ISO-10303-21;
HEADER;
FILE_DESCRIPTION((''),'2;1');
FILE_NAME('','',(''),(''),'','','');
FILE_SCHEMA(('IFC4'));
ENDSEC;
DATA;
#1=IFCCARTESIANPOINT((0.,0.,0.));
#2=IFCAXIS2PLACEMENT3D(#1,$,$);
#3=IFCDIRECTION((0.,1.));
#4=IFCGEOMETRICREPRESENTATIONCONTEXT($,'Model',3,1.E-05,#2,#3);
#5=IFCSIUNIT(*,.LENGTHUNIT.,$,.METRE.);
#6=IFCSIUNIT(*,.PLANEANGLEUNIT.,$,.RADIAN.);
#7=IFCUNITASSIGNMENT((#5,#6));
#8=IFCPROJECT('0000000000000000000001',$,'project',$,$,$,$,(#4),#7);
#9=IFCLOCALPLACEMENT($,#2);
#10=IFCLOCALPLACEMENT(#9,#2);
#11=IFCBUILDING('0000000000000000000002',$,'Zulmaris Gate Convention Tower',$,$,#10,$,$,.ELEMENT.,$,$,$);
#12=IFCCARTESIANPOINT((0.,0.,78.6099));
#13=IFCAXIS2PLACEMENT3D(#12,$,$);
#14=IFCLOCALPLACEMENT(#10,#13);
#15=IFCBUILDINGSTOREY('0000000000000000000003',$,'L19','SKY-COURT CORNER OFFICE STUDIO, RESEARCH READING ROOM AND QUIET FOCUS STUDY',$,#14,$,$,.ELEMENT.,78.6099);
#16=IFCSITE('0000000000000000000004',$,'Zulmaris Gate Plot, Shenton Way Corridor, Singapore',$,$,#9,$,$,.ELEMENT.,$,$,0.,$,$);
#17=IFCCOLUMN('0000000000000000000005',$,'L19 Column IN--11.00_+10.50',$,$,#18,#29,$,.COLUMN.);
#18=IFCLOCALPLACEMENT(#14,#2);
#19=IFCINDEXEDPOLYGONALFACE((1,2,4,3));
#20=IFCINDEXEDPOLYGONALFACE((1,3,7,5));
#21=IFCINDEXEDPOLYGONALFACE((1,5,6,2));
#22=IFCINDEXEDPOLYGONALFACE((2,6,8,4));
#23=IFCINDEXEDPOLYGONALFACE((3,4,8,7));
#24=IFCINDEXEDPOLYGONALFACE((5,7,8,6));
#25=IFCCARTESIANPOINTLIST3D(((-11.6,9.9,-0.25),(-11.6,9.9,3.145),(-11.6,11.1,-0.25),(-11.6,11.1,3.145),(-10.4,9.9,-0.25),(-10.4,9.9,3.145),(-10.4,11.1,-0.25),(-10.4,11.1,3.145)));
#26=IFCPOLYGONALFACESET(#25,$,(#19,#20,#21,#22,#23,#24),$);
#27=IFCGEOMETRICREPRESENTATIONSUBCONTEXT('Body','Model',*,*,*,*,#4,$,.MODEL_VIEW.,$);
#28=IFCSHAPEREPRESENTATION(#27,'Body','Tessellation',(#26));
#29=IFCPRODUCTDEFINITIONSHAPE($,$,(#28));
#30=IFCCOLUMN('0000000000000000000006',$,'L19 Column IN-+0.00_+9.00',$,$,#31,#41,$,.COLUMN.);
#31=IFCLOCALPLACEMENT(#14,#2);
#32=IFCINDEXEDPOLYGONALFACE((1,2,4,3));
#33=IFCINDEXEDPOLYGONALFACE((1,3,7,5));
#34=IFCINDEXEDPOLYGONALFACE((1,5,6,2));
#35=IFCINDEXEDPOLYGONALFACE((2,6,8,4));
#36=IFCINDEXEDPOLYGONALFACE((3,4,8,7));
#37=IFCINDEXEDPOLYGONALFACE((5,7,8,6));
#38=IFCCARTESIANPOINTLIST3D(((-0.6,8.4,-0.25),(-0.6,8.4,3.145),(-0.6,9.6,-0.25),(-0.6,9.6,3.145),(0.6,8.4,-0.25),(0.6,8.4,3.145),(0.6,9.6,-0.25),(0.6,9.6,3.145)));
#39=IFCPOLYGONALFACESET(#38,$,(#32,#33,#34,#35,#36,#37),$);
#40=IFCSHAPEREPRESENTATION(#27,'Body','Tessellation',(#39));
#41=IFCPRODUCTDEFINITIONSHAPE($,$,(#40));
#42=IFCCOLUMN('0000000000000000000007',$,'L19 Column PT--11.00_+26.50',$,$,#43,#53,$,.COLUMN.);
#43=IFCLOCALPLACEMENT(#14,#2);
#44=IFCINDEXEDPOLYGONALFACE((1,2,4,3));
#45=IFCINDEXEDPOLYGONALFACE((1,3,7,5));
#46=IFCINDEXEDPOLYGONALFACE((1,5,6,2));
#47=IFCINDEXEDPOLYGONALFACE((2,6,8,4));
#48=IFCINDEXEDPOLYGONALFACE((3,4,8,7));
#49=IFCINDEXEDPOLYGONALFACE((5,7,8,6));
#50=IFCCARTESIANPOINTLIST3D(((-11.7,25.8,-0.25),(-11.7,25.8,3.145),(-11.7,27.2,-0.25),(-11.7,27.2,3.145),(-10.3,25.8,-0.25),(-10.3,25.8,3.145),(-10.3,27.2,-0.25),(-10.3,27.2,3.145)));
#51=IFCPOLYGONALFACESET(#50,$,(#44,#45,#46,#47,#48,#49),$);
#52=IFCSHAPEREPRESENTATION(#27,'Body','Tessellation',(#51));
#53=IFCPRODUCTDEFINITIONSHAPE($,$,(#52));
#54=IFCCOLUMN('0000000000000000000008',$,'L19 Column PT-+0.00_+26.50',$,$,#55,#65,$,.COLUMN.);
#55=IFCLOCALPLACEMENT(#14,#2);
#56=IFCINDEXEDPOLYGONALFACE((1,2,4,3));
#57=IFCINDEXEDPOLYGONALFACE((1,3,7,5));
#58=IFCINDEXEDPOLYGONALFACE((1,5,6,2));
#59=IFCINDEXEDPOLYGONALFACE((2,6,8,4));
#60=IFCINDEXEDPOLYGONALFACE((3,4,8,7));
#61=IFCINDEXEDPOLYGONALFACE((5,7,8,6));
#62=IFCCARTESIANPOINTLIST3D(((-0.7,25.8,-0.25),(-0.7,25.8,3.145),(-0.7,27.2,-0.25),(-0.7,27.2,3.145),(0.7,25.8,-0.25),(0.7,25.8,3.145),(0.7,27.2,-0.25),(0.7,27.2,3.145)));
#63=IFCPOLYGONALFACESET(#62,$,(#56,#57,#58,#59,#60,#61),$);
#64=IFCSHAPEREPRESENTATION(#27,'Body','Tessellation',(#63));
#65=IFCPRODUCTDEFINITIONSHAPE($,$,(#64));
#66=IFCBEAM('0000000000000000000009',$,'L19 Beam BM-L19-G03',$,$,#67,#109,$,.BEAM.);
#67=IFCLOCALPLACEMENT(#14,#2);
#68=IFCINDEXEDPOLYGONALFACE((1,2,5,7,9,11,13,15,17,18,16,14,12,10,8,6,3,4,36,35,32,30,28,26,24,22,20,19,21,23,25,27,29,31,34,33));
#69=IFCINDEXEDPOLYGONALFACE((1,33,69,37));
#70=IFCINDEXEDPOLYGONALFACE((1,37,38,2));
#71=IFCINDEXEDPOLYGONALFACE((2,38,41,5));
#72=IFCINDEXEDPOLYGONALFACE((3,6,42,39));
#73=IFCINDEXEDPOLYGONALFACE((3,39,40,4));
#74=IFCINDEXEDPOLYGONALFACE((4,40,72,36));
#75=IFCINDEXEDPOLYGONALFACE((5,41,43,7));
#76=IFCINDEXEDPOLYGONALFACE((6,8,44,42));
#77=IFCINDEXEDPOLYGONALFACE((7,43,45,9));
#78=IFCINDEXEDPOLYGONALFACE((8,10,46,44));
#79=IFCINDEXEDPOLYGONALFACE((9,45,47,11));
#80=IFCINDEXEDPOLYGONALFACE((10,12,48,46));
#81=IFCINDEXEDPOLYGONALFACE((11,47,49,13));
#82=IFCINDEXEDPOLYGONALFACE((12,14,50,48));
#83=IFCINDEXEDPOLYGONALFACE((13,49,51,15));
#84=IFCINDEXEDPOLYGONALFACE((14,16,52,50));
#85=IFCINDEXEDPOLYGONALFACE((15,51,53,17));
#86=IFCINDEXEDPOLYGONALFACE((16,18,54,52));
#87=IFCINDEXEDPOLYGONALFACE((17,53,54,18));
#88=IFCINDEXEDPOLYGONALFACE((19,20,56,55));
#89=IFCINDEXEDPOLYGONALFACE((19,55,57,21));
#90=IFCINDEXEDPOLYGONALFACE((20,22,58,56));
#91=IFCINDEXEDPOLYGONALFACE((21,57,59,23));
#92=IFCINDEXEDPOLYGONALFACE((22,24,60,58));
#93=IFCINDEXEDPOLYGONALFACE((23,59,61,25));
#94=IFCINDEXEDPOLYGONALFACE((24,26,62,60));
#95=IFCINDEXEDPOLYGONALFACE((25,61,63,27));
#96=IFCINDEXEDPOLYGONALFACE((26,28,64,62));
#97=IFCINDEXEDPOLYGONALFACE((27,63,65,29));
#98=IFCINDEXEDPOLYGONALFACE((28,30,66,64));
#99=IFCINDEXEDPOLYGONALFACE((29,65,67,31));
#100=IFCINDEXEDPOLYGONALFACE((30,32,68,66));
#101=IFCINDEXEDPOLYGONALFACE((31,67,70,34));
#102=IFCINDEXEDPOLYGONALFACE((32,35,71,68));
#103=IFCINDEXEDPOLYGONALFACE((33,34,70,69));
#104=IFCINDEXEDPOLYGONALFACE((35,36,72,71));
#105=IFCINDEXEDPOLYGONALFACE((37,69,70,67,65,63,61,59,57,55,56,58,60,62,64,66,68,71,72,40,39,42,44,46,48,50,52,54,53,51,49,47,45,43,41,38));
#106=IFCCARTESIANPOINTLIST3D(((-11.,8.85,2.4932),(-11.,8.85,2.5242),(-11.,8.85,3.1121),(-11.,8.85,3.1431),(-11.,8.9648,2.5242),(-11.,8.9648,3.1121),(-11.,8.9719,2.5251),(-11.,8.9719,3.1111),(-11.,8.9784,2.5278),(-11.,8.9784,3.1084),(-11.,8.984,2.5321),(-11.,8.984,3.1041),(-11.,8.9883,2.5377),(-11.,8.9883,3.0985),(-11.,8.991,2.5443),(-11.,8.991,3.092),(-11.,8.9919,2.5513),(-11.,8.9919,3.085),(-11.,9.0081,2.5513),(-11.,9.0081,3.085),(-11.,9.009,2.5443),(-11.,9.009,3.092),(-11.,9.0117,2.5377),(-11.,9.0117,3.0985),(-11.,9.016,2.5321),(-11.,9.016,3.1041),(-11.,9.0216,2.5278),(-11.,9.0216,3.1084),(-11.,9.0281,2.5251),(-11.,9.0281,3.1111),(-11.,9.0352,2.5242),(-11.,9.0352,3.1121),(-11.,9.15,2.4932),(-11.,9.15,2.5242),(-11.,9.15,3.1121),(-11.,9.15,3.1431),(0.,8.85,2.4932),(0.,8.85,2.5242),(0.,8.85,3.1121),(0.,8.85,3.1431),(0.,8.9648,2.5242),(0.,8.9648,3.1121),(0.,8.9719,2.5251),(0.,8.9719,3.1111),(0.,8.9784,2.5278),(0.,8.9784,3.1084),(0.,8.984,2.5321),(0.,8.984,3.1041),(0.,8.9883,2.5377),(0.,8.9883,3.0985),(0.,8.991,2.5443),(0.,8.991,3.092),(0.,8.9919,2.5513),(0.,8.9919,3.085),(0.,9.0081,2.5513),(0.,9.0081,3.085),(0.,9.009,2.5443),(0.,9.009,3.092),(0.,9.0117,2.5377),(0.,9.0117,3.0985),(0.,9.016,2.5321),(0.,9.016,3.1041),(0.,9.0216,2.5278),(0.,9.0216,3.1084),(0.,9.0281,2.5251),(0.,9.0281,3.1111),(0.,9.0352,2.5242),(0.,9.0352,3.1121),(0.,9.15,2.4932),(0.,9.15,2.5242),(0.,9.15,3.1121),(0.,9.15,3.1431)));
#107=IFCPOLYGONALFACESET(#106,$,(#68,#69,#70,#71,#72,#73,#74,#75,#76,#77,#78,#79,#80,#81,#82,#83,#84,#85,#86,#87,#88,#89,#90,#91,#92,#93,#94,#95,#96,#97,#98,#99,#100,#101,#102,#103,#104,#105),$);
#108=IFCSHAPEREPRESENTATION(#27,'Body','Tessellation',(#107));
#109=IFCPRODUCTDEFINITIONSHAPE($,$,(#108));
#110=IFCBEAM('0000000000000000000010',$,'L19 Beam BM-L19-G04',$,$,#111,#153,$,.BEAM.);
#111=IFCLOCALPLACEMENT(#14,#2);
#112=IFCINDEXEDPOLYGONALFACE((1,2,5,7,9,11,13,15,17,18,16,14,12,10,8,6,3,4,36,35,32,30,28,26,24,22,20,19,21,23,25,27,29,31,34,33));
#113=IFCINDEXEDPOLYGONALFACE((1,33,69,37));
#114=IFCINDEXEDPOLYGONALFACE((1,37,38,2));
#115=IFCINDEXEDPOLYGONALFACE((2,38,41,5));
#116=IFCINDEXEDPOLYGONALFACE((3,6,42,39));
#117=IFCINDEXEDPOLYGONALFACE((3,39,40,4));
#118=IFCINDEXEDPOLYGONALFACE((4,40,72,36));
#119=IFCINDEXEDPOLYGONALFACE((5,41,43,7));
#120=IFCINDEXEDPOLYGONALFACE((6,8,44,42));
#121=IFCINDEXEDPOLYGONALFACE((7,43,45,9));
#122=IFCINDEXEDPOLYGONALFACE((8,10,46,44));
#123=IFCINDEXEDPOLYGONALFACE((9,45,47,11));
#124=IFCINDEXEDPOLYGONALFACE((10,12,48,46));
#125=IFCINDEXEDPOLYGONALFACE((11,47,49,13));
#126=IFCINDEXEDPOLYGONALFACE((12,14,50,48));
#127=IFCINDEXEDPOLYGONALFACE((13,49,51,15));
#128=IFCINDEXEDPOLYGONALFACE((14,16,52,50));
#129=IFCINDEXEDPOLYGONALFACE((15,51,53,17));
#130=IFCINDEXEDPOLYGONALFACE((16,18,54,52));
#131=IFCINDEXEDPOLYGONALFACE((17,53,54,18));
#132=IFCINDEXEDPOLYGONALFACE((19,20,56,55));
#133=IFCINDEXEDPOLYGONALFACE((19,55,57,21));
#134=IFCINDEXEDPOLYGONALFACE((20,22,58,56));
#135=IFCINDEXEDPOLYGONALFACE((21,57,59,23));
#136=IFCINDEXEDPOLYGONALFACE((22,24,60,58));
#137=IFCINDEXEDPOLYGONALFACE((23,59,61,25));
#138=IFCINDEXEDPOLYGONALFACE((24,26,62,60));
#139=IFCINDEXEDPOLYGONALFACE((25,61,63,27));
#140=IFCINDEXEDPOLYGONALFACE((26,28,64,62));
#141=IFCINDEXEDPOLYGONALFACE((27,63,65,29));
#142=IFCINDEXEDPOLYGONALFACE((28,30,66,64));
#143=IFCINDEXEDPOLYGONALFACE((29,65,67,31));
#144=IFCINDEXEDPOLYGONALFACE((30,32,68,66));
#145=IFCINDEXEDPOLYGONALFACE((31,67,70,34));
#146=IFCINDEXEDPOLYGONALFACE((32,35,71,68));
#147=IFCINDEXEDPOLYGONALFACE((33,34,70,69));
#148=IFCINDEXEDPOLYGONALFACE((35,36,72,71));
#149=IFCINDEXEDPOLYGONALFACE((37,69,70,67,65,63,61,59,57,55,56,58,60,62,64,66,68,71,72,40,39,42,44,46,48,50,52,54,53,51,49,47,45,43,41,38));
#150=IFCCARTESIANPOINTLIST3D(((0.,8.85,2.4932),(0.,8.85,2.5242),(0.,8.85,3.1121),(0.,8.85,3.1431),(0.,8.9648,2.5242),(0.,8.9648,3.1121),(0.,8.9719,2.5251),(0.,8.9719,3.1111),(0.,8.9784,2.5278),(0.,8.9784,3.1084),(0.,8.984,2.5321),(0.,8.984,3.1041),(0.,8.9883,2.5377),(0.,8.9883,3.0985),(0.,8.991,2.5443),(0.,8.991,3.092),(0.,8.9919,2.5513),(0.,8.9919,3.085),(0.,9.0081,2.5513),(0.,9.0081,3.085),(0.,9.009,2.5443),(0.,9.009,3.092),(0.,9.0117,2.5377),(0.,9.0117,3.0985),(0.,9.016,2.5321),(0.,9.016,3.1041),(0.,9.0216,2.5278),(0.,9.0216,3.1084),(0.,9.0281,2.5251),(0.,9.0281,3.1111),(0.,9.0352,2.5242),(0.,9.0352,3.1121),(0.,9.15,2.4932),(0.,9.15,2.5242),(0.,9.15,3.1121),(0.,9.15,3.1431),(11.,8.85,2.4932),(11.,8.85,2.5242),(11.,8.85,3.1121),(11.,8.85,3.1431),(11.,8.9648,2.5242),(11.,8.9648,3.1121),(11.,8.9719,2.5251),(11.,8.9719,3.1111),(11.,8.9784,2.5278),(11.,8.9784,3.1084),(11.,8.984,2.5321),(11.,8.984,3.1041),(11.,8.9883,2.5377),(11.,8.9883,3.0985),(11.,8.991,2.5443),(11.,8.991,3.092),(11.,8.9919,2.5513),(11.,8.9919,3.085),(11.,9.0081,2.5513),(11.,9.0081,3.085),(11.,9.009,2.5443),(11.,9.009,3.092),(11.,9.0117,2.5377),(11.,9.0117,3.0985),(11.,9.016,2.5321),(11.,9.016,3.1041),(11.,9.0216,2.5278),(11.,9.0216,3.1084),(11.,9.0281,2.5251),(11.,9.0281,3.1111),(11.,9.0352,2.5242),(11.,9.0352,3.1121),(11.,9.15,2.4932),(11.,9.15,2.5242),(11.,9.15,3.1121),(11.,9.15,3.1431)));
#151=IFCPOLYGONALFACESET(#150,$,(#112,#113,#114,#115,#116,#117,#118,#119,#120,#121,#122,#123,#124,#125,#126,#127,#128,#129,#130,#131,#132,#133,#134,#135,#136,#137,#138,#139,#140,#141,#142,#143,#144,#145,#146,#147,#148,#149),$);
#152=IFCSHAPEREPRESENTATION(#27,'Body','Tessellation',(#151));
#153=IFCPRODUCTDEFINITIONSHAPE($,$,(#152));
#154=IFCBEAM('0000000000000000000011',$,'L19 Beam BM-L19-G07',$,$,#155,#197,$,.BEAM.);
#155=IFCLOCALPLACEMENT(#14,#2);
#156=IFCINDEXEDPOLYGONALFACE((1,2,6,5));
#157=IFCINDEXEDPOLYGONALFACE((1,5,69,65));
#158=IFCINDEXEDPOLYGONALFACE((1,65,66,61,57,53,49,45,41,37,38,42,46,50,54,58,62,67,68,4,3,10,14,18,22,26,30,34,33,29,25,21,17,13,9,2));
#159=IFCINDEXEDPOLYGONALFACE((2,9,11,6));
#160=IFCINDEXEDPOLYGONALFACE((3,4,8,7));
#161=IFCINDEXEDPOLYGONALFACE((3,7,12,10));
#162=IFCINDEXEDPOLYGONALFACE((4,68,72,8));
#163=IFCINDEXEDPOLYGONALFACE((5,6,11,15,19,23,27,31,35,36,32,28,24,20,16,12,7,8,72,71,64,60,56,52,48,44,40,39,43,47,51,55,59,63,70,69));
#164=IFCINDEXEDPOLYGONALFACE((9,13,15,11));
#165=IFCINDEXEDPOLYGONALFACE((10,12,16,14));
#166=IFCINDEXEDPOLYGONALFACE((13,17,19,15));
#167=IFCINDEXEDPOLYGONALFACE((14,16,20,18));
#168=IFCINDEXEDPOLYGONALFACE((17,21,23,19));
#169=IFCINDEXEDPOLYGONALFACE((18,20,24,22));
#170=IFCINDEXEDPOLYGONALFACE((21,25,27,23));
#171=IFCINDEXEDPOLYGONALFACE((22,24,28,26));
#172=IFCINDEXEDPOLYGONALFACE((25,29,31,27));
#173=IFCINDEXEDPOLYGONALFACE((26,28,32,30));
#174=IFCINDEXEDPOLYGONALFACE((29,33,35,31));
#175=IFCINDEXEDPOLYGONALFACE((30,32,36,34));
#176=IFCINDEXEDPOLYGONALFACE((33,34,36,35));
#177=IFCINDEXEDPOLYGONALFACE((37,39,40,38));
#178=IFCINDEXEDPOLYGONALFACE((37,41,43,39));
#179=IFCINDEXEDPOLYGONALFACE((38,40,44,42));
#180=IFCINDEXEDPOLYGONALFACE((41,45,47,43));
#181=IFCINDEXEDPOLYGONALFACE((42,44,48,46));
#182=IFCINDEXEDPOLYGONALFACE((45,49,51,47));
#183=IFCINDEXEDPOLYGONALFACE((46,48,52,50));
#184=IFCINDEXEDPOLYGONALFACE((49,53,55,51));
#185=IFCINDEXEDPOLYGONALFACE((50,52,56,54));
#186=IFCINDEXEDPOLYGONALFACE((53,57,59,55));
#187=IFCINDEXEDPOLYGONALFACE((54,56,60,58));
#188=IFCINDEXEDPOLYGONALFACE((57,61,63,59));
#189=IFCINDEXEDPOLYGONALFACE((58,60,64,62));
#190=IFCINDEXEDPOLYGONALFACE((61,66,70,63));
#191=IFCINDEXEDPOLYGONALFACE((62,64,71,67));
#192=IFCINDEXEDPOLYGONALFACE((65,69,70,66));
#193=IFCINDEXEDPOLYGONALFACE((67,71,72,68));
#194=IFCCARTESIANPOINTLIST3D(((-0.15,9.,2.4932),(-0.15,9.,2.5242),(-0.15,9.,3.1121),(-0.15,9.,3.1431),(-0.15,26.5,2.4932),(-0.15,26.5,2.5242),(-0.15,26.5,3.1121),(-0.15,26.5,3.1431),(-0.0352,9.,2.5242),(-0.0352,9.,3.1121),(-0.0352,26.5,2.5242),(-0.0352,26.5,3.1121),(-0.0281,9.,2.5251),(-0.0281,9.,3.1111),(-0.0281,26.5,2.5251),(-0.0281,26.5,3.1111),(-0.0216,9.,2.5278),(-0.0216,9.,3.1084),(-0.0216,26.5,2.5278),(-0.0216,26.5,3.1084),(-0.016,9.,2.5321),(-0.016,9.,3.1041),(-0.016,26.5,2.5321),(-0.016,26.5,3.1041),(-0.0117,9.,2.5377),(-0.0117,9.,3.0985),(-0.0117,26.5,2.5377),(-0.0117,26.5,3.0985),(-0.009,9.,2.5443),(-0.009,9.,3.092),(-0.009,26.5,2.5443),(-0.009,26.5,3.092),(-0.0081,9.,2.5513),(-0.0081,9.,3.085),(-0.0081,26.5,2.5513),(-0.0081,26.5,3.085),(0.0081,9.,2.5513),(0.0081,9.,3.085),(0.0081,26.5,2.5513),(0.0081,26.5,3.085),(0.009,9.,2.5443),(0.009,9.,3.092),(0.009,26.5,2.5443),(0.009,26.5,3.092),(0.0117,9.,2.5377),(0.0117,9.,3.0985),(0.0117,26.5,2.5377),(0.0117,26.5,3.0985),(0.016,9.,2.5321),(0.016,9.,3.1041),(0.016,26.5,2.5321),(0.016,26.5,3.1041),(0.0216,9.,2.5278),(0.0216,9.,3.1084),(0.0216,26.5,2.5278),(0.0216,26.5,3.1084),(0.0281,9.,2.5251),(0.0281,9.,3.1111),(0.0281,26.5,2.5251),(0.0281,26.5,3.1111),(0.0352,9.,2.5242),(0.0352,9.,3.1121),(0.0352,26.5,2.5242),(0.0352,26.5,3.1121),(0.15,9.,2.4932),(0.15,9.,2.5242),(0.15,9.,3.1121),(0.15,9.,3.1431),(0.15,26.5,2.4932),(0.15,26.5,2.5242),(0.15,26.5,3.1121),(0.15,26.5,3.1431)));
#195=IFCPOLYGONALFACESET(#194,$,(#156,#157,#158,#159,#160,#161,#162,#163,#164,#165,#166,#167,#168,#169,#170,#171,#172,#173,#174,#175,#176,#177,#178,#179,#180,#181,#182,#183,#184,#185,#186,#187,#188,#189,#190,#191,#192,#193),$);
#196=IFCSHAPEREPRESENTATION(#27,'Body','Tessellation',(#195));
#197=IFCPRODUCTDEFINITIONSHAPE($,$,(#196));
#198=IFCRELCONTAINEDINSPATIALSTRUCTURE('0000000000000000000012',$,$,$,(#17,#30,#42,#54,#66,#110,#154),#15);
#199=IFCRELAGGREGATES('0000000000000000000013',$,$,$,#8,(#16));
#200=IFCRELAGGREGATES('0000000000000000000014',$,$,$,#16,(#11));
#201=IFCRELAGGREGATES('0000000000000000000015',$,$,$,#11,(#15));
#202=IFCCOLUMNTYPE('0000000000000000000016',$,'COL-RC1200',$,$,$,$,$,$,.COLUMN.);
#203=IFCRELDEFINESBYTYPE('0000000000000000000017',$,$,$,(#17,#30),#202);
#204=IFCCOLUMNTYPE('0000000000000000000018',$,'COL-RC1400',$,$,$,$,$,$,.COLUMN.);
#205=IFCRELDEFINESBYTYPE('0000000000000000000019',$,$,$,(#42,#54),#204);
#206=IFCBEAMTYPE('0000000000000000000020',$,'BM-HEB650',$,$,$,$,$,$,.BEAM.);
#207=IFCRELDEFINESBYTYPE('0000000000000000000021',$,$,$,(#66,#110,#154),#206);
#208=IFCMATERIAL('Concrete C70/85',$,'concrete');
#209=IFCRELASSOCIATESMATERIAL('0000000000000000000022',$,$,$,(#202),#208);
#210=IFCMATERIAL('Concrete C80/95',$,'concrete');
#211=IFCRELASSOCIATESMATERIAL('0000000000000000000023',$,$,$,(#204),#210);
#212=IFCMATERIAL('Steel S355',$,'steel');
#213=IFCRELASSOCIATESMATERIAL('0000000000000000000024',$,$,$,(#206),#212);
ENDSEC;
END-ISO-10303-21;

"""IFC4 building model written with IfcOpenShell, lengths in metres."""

from ifc_helpers import new_model, si_unit, direction, frame, origin, origin_2d, place, context, subcontext, project, spatial, rectangle, i_section, extrude, material, material_profile, profile_set, type_object, element, save


model = new_model("IFC4")

# Units and contexts
model_context = context("Model", 3, precision=1e-05, world=origin(), true_north=direction((0.0, 1.0)))
body_context = subcontext(model_context, "Body", "Model", "MODEL_VIEW")
ifc_project = project(units=[si_unit("LENGTHUNIT", "METRE"), si_unit("PLANEANGLEUNIT", "RADIAN")], contexts=[model_context])

# Site, building, storey
site_placement = place(None, origin())
site = spatial("IfcSite", under=ifc_project, at=site_placement, Name="Zulmaris Gate Plot, Shenton Way Corridor, Singapore", CompositionType="ELEMENT", RefElevation=0.0)
building_placement = place(site_placement, origin())
building = spatial("IfcBuilding", under=site, at=building_placement, Name="Zulmaris Gate Convention Tower", CompositionType="ELEMENT")
storey_placement = place(building_placement, frame((0.0, 0.0, 78.6099)))
storey = spatial("IfcBuildingStorey", under=building, at=storey_placement, Name="L19", Description="SKY-COURT CORNER OFFICE STUDIO, RESEARCH READING ROOM AND QUIET FOCUS STUDY", CompositionType="ELEMENT", Elevation=78.6099)

# Columns
ifc_material_1 = material(Name="Concrete C70/85", Category="concrete")
ifc_material_profile_1 = material_profile(ifc_material_1, rectangle(XDim=1.2, YDim=1.2, at=origin_2d()), Name="RC COL 1200x1200")
ifc_profile_set_1 = profile_set([ifc_material_profile_1], Name="Concrete C70/85")
column_type_1 = type_object("IfcColumnType", Name="COL-RC1200", PredefinedType="COLUMN", material=ifc_profile_set_1)
for number, where, z_axis, x_axis, name in (
    (1, (-11.0, 10.5, -0.25), (0.0, 0.0, 1.0), (1.0, 0.0, 0.0), "L19 Column IN--11.00_+10.50"),
    (2, (0.0, 9.0, -0.25), (0.0, 0.0, 1.0), (1.0, 0.0, 0.0), "L19 Column IN-+0.00_+9.00"),
):
    element("IfcColumn", number, at=place(storey_placement, frame(where, z_axis=z_axis, x_axis=x_axis)), inside=storey, type_object=column_type_1, Name=name, PredefinedType="COLUMN", context=body_context, shape_type="SweptSolid", body=[
        extrude(rectangle(XDim=1.2, YDim=1.2, at=origin_2d()), origin(), (0.0, 0.0, 1.0), 3.395),
    ])
ifc_material_2 = material(Name="Concrete C80/95", Category="concrete")
ifc_material_profile_2 = material_profile(ifc_material_2, rectangle(XDim=1.3999, YDim=1.3999, at=origin_2d()), Name="RC COL 1400x1400")
ifc_profile_set_2 = profile_set([ifc_material_profile_2], Name="Concrete C80/95")
column_type_2 = type_object("IfcColumnType", Name="COL-RC1400", PredefinedType="COLUMN", material=ifc_profile_set_2)
for number, where, z_axis, x_axis, name in (
    (3, (-11.0, 26.5, -0.25), (0.0, 0.0, 1.0), (1.0, 0.0, 0.0), "L19 Column PT--11.00_+26.50"),
    (4, (0.0, 26.5, -0.25), (0.0, 0.0, 1.0), (1.0, 0.0, 0.0), "L19 Column PT-+0.00_+26.50"),
):
    element("IfcColumn", number, at=place(storey_placement, frame(where, z_axis=z_axis, x_axis=x_axis)), inside=storey, type_object=column_type_2, Name=name, PredefinedType="COLUMN", context=body_context, shape_type="SweptSolid", body=[
        extrude(rectangle(XDim=1.3999, YDim=1.3999, at=origin_2d()), origin(), (0.0, 0.0, 1.0), 3.395),
    ])

# Beams
ifc_material_3 = material(Name="Steel S355", Category="steel")
ifc_material_profile_3 = material_profile(ifc_material_3, i_section(OverallWidth=0.3, OverallDepth=0.6499, WebThickness=0.0161, FlangeThickness=0.031, FilletRadius=0.0271, at=origin_2d()), Name="HEB 650")
ifc_profile_set_3 = profile_set([ifc_material_profile_3], Name="Steel S355")
beam_type_1 = type_object("IfcBeamType", Name="BM-HEB650", PredefinedType="BEAM", material=ifc_profile_set_3)
for number, where, z_axis, x_axis, name in (
    (5, (-11.0, 9.0, 2.8181), (1.0, 0.0, 0.0), (0.0, 1.0, 0.0), "L19 Beam BM-L19-G03"),
    (6, (0.0, 9.0, 2.8181), (1.0, 0.0, 0.0), (0.0, 1.0, 0.0), "L19 Beam BM-L19-G04"),
):
    element("IfcBeam", number, at=place(storey_placement, frame(where, z_axis=z_axis, x_axis=x_axis)), inside=storey, type_object=beam_type_1, Name=name, PredefinedType="BEAM", context=body_context, shape_type="SweptSolid", body=[
        extrude(i_section(OverallWidth=0.3, OverallDepth=0.6499, WebThickness=0.0161, FlangeThickness=0.031, FilletRadius=0.0271, at=origin_2d()), origin(), (0.0, 0.0, 1.0), 11.0),
    ])
beam_1_placement = place(storey_placement, frame((0.0, 9.0, 2.8181), z_axis=(0.0, 1.0, 0.0), x_axis=(-1.0, 0.0, 0.0)))
element("IfcBeam", 7, at=beam_1_placement, inside=storey, type_object=beam_type_1, Name="L19 Beam BM-L19-G07", PredefinedType="BEAM", context=body_context, shape_type="SweptSolid", body=[
    extrude(i_section(OverallWidth=0.3, OverallDepth=0.6499, WebThickness=0.0161, FlangeThickness=0.031, FilletRadius=0.0271, at=origin_2d()), origin(), (0.0, 0.0, 1.0), 17.5),
])

save(model, "model.ifc")
